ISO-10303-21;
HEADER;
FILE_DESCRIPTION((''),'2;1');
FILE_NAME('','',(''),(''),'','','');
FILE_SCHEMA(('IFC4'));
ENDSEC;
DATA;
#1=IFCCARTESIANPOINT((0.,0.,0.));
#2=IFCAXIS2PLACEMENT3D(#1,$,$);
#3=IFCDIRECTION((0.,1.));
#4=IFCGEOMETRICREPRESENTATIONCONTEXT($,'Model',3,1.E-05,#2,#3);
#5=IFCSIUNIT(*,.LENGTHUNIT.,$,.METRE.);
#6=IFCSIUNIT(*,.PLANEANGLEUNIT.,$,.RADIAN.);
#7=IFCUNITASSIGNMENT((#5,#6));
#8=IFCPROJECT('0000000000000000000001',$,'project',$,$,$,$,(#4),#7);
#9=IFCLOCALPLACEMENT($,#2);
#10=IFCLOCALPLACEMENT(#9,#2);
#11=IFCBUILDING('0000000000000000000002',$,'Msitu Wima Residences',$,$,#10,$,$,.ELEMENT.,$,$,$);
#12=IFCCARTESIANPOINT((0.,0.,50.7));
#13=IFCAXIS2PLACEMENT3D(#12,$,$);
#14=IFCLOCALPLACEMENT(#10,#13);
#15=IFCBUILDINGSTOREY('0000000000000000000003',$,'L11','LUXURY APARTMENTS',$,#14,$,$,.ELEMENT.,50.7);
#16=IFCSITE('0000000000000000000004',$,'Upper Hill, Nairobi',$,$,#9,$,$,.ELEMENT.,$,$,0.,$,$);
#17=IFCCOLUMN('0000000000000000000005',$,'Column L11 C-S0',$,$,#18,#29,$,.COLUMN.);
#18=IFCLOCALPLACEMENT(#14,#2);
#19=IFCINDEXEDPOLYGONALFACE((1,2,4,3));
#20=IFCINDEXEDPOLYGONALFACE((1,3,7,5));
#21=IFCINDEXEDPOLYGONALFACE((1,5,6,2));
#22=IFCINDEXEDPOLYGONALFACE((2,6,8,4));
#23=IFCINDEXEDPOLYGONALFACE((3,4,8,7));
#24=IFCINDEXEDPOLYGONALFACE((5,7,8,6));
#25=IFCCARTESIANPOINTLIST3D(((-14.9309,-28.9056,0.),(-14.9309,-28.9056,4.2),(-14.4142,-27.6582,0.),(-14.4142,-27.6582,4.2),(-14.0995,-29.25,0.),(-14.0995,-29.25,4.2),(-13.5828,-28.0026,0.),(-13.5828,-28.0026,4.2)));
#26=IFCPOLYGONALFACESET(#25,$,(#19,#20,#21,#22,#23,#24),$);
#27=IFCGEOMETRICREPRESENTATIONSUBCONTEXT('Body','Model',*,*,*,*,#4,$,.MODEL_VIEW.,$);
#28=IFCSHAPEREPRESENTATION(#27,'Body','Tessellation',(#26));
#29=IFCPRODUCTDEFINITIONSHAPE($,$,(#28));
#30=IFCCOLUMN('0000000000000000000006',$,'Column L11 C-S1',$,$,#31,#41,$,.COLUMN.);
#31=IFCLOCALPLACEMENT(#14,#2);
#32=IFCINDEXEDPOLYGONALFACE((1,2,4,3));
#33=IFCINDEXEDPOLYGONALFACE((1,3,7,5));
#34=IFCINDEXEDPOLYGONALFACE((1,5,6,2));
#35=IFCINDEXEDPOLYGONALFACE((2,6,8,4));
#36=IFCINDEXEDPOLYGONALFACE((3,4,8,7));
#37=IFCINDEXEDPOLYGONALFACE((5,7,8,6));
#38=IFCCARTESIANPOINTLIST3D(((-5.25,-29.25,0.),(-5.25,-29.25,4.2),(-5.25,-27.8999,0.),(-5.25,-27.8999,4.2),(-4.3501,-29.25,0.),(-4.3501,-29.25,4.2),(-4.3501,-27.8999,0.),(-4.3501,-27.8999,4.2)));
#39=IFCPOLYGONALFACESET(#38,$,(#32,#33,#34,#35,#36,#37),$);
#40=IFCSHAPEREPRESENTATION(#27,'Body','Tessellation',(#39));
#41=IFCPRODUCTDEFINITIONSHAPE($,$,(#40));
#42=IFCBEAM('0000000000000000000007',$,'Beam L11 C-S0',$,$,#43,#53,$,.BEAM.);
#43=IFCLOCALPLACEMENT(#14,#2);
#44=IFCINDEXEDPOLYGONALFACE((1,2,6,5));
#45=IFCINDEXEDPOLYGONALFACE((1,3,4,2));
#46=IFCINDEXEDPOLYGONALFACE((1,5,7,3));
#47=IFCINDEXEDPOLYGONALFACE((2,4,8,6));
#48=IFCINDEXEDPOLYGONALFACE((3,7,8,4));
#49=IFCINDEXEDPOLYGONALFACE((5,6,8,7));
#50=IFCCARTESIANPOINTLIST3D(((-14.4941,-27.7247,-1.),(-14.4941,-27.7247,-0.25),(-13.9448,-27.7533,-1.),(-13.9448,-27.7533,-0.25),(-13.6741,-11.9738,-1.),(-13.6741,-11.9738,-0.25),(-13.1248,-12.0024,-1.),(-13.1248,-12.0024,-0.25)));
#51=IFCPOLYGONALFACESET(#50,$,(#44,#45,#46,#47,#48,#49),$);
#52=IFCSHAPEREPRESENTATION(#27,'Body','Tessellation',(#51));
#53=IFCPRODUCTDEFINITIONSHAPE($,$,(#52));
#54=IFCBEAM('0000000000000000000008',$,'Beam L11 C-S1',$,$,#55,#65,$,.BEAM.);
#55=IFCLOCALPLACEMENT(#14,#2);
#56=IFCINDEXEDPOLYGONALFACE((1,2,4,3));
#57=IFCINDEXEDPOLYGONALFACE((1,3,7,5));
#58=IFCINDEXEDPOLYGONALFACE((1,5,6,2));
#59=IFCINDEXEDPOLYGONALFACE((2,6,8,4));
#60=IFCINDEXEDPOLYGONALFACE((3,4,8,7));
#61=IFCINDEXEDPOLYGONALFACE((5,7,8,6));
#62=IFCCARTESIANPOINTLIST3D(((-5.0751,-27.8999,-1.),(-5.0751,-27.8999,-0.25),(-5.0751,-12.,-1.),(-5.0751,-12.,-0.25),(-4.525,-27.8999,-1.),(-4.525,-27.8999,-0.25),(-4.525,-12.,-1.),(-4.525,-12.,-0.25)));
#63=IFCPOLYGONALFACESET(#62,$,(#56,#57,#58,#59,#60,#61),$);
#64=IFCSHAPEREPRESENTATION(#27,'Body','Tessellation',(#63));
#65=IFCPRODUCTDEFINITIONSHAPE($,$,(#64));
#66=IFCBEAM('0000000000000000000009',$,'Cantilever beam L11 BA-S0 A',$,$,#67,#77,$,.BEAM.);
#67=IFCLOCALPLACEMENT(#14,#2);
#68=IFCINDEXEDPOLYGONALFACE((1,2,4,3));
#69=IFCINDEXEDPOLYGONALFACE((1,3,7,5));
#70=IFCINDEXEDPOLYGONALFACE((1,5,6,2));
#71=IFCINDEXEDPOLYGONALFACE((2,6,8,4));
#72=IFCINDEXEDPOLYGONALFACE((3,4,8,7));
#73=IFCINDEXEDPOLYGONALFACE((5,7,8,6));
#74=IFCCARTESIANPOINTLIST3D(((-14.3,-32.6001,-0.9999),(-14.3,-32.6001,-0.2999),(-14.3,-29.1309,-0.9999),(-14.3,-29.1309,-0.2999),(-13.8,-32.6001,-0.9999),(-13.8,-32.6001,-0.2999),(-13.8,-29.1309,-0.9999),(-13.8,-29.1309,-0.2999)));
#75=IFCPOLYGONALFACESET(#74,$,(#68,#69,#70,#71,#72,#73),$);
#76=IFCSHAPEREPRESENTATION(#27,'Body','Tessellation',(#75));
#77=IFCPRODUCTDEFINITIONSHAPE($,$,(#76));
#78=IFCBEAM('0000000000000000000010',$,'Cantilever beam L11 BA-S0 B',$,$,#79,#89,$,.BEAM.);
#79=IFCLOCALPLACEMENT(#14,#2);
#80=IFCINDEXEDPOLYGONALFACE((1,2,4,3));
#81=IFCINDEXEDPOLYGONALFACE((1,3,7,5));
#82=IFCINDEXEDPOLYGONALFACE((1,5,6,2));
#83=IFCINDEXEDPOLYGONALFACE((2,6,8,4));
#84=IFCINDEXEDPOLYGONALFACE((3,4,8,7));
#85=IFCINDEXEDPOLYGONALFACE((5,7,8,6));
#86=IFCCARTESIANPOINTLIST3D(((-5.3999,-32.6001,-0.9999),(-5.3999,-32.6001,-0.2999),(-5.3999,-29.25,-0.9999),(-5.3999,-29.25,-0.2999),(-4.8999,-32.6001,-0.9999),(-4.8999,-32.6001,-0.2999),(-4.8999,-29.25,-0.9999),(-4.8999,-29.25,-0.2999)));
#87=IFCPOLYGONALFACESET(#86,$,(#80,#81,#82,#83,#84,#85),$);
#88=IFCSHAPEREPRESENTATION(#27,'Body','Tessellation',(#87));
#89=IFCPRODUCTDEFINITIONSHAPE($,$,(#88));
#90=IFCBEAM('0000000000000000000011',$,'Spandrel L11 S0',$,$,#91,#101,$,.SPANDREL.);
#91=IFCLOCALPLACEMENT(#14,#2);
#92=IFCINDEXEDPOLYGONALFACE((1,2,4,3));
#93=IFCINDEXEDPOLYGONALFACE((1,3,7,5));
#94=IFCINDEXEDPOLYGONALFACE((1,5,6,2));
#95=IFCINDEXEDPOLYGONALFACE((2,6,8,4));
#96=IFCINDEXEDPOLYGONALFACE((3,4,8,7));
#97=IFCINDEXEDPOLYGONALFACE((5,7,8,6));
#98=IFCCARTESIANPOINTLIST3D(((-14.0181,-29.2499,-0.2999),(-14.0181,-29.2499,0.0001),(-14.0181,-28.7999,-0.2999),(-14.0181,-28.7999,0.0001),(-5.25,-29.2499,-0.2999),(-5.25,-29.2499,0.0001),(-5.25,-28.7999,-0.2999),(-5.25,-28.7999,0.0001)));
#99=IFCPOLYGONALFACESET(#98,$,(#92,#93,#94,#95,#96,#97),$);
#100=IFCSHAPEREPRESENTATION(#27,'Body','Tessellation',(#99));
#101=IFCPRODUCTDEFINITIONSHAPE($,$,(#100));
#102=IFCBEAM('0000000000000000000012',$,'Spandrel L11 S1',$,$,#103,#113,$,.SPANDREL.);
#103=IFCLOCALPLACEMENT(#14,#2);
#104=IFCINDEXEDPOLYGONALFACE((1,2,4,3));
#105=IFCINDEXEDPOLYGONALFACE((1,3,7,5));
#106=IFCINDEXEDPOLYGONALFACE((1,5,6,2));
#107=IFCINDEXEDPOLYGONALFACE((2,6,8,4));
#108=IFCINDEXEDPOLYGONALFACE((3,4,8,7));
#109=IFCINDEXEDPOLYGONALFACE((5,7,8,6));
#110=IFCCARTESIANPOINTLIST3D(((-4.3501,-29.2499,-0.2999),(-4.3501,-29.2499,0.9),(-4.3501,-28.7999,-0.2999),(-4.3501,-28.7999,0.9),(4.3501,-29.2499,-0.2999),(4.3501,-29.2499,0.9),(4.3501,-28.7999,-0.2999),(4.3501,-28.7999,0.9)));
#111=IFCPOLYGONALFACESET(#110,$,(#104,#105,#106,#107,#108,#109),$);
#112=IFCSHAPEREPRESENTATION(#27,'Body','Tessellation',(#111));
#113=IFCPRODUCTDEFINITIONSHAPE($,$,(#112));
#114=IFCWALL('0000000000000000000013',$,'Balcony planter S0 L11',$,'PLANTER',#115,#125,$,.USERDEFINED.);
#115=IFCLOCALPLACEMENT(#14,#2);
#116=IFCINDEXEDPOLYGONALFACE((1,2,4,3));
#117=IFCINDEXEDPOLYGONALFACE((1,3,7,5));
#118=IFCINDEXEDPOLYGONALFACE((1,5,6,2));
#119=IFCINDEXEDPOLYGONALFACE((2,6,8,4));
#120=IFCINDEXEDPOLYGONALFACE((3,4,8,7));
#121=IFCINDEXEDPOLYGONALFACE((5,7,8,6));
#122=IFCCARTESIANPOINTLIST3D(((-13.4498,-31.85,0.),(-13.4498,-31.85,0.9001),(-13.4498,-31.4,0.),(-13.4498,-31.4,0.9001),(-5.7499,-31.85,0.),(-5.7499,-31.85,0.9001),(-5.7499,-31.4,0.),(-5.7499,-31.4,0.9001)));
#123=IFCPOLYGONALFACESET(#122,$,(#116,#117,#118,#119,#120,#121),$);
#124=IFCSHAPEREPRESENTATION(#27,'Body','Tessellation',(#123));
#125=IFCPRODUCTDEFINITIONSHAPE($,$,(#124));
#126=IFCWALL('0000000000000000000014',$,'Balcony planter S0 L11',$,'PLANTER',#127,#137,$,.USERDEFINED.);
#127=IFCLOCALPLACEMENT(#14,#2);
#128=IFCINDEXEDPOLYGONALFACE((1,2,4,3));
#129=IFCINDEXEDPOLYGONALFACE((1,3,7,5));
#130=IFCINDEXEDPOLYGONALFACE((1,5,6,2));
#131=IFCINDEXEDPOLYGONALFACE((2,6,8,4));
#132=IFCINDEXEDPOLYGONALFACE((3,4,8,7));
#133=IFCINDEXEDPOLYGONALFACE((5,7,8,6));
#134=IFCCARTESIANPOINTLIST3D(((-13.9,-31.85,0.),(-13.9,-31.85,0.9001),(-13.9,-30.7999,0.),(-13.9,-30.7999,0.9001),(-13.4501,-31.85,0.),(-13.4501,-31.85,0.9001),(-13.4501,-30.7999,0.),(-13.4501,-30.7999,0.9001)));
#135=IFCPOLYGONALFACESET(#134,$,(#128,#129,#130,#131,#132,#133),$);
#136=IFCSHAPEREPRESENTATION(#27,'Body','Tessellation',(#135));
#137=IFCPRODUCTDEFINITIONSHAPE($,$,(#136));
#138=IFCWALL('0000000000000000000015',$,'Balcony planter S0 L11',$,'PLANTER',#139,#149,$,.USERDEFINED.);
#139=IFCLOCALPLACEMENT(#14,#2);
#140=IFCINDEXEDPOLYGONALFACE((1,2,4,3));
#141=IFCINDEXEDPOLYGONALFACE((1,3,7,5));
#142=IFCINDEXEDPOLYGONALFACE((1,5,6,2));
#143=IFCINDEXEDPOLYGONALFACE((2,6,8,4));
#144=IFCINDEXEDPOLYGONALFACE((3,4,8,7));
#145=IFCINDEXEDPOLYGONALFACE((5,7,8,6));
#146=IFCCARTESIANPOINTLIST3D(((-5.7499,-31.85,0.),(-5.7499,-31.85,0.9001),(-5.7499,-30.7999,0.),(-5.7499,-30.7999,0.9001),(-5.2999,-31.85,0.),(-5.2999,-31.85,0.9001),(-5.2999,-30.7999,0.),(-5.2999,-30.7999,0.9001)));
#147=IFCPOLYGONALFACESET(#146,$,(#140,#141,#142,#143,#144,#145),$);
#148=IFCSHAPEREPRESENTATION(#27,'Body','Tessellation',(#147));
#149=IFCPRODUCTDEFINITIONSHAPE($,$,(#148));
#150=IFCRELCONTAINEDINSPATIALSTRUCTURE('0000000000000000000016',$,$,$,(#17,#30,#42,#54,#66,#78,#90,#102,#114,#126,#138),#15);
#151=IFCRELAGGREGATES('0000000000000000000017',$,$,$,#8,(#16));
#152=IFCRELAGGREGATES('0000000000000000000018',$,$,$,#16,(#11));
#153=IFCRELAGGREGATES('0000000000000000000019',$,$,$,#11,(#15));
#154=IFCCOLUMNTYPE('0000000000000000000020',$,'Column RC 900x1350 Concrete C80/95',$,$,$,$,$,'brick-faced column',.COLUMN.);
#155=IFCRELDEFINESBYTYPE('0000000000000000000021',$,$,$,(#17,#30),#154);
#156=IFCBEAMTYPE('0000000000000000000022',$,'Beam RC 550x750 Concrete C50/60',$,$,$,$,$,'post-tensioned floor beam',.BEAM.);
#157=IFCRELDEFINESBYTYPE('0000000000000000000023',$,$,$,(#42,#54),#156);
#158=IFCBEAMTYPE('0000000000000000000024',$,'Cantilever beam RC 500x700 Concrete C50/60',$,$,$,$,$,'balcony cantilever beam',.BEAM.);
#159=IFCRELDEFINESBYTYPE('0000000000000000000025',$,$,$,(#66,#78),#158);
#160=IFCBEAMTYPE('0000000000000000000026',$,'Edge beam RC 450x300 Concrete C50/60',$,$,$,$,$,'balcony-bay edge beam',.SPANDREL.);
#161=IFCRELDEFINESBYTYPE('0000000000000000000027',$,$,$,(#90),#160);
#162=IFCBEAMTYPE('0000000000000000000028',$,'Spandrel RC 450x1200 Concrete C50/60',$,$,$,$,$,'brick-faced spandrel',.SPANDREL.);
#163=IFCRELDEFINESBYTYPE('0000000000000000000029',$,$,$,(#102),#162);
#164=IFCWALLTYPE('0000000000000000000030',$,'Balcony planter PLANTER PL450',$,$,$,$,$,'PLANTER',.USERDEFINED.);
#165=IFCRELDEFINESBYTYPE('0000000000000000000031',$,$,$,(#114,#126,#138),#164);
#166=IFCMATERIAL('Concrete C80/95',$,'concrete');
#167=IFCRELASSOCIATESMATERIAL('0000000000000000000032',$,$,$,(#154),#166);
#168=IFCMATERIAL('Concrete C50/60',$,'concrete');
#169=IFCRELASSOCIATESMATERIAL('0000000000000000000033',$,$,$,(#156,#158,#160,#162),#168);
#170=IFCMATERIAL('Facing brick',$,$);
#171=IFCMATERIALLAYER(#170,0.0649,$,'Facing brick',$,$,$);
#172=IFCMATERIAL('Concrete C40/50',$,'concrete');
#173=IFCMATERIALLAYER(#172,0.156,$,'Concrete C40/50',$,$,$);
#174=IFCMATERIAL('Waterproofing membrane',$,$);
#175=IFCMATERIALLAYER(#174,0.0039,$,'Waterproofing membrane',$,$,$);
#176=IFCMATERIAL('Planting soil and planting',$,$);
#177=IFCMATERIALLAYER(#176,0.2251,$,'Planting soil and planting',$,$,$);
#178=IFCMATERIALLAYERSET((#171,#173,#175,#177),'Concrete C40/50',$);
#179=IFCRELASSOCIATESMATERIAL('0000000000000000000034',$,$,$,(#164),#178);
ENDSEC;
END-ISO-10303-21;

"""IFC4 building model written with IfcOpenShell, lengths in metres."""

from ifc_helpers import new_model, si_unit, direction, frame, frame_2d, origin, origin_2d, place, context, subcontext, project, spatial, rectangle, extrude, material, layer, layer_set, material_profile, profile_set, type_object, element, save


model = new_model("IFC4")

# Units and contexts
model_context = context("Model", 3, precision=1e-05, world=origin(), true_north=direction((0.0, 1.0)))
body_context = subcontext(model_context, "Body", "Model", "MODEL_VIEW")
ifc_project = project(units=[si_unit("LENGTHUNIT", "METRE"), si_unit("PLANEANGLEUNIT", "RADIAN")], contexts=[model_context])

# Site, building, storey
site_placement = place(None, origin())
site = spatial("IfcSite", under=ifc_project, at=site_placement, Name="Upper Hill, Nairobi", CompositionType="ELEMENT", RefElevation=0.0)
building_placement = place(site_placement, origin())
building = spatial("IfcBuilding", under=site, at=building_placement, Name="Msitu Wima Residences", CompositionType="ELEMENT")
storey_placement = place(building_placement, frame((0.0, 0.0, 50.7)))
storey = spatial("IfcBuildingStorey", under=building, at=storey_placement, Name="L11", Description="LUXURY APARTMENTS", CompositionType="ELEMENT", Elevation=50.7)

# Columns
ifc_material_1 = material(Name="Concrete C80/95", Category="concrete")
ifc_material_profile_1 = material_profile(ifc_material_1, rectangle(XDim=0.8999, YDim=1.3501, at=origin_2d()), Name="RC 900x1350")
ifc_profile_set_1 = profile_set([ifc_material_profile_1], Name="Concrete C80/95")
column_type = type_object("IfcColumnType", Name="Column RC 900x1350 Concrete C80/95", ElementType="brick-faced column", PredefinedType="COLUMN", material=ifc_profile_set_1)
for number, where, z_axis, x_axis, name in (
    (1, (-14.2568, -28.4541, 0.0), (0.0, 0.0, 1.0), (0.92388, -0.382683, 0.0), "Column L11 C-S0"),
    (2, (-4.8, -28.575, 0.0), (0.0, 0.0, 1.0), (1.0, 0.0, 0.0), "Column L11 C-S1"),
):
    element("IfcColumn", number, at=place(storey_placement, frame(where, z_axis=z_axis, x_axis=x_axis)), inside=storey, type_object=column_type, Name=name, PredefinedType="COLUMN", context=body_context, shape_type="SweptSolid", body=[
        extrude(rectangle(XDim=0.8999, YDim=1.3501, at=origin_2d()), origin(), (0.0, 0.0, 1.0), 4.2),
    ])

# Beams
ifc_material_2 = material(Name="Concrete C50/60", Category="concrete")
ifc_material_profile_2 = material_profile(ifc_material_2, rectangle(XDim=0.55, YDim=0.75, at=origin_2d()), Name="RC 550x750")
ifc_profile_set_2 = profile_set([ifc_material_profile_2], Name="Concrete C50/60")
beam_type_1 = type_object("IfcBeamType", Name="Beam RC 550x750 Concrete C50/60", ElementType="post-tensioned floor beam", PredefinedType="BEAM", material=ifc_profile_set_2)
beam_1_placement = place(storey_placement, frame((-14.2195, -27.739, -0.625), z_axis=(0.051994, 0.998647, 0.0), x_axis=(-0.998647, 0.051994, 0.0)))
element("IfcBeam", 3, at=beam_1_placement, inside=storey, type_object=beam_type_1, Name="Beam L11 C-S0", PredefinedType="BEAM", context=body_context, shape_type="SweptSolid", body=[
    extrude(rectangle(XDim=0.55, YDim=0.75, at=origin_2d()), origin(), (0.0, 0.0, 1.0), 15.7722),
])
beam_2_placement = place(storey_placement, frame((-4.8, -27.8999, -0.625), z_axis=(0.0, 1.0, 0.0), x_axis=(-1.0, 0.0, 0.0)))
element("IfcBeam", 4, at=beam_2_placement, inside=storey, type_object=beam_type_1, Name="Beam L11 C-S1", PredefinedType="BEAM", context=body_context, shape_type="SweptSolid", body=[
    extrude(rectangle(XDim=0.55, YDim=0.75, at=origin_2d()), origin(), (0.0, 0.0, 1.0), 15.8999),
])
ifc_material_profile_3 = material_profile(ifc_material_2, rectangle(XDim=0.5, YDim=0.7, at=origin_2d()), Name="RC 500x700")
ifc_profile_set_3 = profile_set([ifc_material_profile_3], Name="Concrete C50/60")
beam_type_2 = type_object("IfcBeamType", Name="Cantilever beam RC 500x700 Concrete C50/60", ElementType="balcony cantilever beam", PredefinedType="BEAM", material=ifc_profile_set_3)
beam_3_placement = place(storey_placement, frame((-14.05, -29.1309, -0.6499), z_axis=(0.0, -1.0, 0.0), x_axis=(1.0, 0.0, 0.0)))
element("IfcBeam", 5, at=beam_3_placement, inside=storey, type_object=beam_type_2, Name="Cantilever beam L11 BA-S0 A", PredefinedType="BEAM", context=body_context, shape_type="SweptSolid", body=[
    extrude(rectangle(XDim=0.5, YDim=0.7, at=origin_2d()), origin(), (0.0, 0.0, 1.0), 3.4692),
])
beam_4_placement = place(storey_placement, frame((-5.1499, -29.25, -0.6499), z_axis=(0.0, -1.0, 0.0), x_axis=(1.0, 0.0, 0.0)))
element("IfcBeam", 6, at=beam_4_placement, inside=storey, type_object=beam_type_2, Name="Cantilever beam L11 BA-S0 B", PredefinedType="BEAM", context=body_context, shape_type="SweptSolid", body=[
    extrude(rectangle(XDim=0.5, YDim=0.7, at=origin_2d()), origin(), (0.0, 0.0, 1.0), 3.3501),
])
ifc_material_profile_4 = material_profile(ifc_material_2, rectangle(XDim=0.45, YDim=0.3, at=origin_2d()), Name="RC 450x300")
ifc_profile_set_4 = profile_set([ifc_material_profile_4], Name="Concrete C50/60")
beam_type_3 = type_object("IfcBeamType", Name="Edge beam RC 450x300 Concrete C50/60", ElementType="balcony-bay edge beam", PredefinedType="SPANDREL", material=ifc_profile_set_4)
beam_5_placement = place(storey_placement, frame((-14.0181, -29.0249, -0.1499), z_axis=(1.0, 0.0, 0.0), x_axis=(0.0, 1.0, 0.0)))
element("IfcBeam", 7, at=beam_5_placement, inside=storey, type_object=beam_type_3, Name="Spandrel L11 S0", PredefinedType="SPANDREL", context=body_context, shape_type="SweptSolid", body=[
    extrude(rectangle(XDim=0.45, YDim=0.3, at=origin_2d()), origin(), (0.0, 0.0, 1.0), 8.7681),
])
ifc_material_profile_5 = material_profile(ifc_material_2, rectangle(XDim=0.45, YDim=1.2, at=origin_2d()), Name="RC 450x1200")
ifc_profile_set_5 = profile_set([ifc_material_profile_5], Name="Concrete C50/60")
beam_type_4 = type_object("IfcBeamType", Name="Spandrel RC 450x1200 Concrete C50/60", ElementType="brick-faced spandrel", PredefinedType="SPANDREL", material=ifc_profile_set_5)
beam_6_placement = place(storey_placement, frame((-4.3501, -29.0249, 0.3), z_axis=(1.0, 0.0, 0.0), x_axis=(0.0, 1.0, 0.0)))
element("IfcBeam", 8, at=beam_6_placement, inside=storey, type_object=beam_type_4, Name="Spandrel L11 S1", PredefinedType="SPANDREL", context=body_context, shape_type="SweptSolid", body=[
    extrude(rectangle(XDim=0.45, YDim=1.2, at=origin_2d()), origin(), (0.0, 0.0, 1.0), 8.7002),
])

# Walls
ifc_material_3 = material(Name="Facing brick")
ifc_layer_1 = layer(ifc_material_3, 0.0649, Name="Facing brick")
ifc_material_4 = material(Name="Concrete C40/50", Category="concrete")
ifc_layer_2 = layer(ifc_material_4, 0.156, Name="Concrete C40/50")
ifc_material_5 = material(Name="Waterproofing membrane")
ifc_layer_3 = layer(ifc_material_5, 0.0039, Name="Waterproofing membrane")
ifc_material_6 = material(Name="Planting soil and planting")
ifc_layer_4 = layer(ifc_material_6, 0.2251, Name="Planting soil and planting")
ifc_layer_set_1 = layer_set([ifc_layer_1, ifc_layer_2, ifc_layer_3, ifc_layer_4], Name="Concrete C40/50")
wall_type_1 = type_object("IfcWallType", Name="Balcony planter PLANTER PL450", ElementType="PLANTER", PredefinedType="USERDEFINED", material=ifc_layer_set_1)
wall_1_placement = place(storey_placement, frame((-13.45, -31.625, 0.0), z_axis=(0.0, 0.0, 1.0), x_axis=(1.0, 0.0, 0.0)))
element("IfcWall", 9, at=wall_1_placement, inside=storey, type_object=wall_type_1, Name="Balcony planter S0 L11", ObjectType="PLANTER", PredefinedType="USERDEFINED", context=body_context, shape_type="SweptSolid", body=[
    extrude(rectangle(XDim=7.7, YDim=0.45, at=frame_2d((3.8501, 0.0))), origin(), (0.0, 0.0, 1.0), 0.9001),
])
for number, where, z_axis, x_axis, name in (
    (10, (-13.675, -30.8, 0.0), (0.0, 0.0, 1.0), (0.0, -1.0, 0.0), "Balcony planter S0 L11"),
    (11, (-5.5249, -30.8, 0.0), (0.0, 0.0, 1.0), (0.0, -1.0, 0.0), "Balcony planter S0 L11"),
):
    element("IfcWall", number, at=place(storey_placement, frame(where, z_axis=z_axis, x_axis=x_axis)), inside=storey, type_object=wall_type_1, Name=name, ObjectType="PLANTER", PredefinedType="USERDEFINED", context=body_context, shape_type="SweptSolid", body=[
        extrude(rectangle(XDim=1.05, YDim=0.45, at=frame_2d((0.5249, 0.0))), origin(), (0.0, 0.0, 1.0), 0.9001),
    ])

save(model, "model.ifc")
